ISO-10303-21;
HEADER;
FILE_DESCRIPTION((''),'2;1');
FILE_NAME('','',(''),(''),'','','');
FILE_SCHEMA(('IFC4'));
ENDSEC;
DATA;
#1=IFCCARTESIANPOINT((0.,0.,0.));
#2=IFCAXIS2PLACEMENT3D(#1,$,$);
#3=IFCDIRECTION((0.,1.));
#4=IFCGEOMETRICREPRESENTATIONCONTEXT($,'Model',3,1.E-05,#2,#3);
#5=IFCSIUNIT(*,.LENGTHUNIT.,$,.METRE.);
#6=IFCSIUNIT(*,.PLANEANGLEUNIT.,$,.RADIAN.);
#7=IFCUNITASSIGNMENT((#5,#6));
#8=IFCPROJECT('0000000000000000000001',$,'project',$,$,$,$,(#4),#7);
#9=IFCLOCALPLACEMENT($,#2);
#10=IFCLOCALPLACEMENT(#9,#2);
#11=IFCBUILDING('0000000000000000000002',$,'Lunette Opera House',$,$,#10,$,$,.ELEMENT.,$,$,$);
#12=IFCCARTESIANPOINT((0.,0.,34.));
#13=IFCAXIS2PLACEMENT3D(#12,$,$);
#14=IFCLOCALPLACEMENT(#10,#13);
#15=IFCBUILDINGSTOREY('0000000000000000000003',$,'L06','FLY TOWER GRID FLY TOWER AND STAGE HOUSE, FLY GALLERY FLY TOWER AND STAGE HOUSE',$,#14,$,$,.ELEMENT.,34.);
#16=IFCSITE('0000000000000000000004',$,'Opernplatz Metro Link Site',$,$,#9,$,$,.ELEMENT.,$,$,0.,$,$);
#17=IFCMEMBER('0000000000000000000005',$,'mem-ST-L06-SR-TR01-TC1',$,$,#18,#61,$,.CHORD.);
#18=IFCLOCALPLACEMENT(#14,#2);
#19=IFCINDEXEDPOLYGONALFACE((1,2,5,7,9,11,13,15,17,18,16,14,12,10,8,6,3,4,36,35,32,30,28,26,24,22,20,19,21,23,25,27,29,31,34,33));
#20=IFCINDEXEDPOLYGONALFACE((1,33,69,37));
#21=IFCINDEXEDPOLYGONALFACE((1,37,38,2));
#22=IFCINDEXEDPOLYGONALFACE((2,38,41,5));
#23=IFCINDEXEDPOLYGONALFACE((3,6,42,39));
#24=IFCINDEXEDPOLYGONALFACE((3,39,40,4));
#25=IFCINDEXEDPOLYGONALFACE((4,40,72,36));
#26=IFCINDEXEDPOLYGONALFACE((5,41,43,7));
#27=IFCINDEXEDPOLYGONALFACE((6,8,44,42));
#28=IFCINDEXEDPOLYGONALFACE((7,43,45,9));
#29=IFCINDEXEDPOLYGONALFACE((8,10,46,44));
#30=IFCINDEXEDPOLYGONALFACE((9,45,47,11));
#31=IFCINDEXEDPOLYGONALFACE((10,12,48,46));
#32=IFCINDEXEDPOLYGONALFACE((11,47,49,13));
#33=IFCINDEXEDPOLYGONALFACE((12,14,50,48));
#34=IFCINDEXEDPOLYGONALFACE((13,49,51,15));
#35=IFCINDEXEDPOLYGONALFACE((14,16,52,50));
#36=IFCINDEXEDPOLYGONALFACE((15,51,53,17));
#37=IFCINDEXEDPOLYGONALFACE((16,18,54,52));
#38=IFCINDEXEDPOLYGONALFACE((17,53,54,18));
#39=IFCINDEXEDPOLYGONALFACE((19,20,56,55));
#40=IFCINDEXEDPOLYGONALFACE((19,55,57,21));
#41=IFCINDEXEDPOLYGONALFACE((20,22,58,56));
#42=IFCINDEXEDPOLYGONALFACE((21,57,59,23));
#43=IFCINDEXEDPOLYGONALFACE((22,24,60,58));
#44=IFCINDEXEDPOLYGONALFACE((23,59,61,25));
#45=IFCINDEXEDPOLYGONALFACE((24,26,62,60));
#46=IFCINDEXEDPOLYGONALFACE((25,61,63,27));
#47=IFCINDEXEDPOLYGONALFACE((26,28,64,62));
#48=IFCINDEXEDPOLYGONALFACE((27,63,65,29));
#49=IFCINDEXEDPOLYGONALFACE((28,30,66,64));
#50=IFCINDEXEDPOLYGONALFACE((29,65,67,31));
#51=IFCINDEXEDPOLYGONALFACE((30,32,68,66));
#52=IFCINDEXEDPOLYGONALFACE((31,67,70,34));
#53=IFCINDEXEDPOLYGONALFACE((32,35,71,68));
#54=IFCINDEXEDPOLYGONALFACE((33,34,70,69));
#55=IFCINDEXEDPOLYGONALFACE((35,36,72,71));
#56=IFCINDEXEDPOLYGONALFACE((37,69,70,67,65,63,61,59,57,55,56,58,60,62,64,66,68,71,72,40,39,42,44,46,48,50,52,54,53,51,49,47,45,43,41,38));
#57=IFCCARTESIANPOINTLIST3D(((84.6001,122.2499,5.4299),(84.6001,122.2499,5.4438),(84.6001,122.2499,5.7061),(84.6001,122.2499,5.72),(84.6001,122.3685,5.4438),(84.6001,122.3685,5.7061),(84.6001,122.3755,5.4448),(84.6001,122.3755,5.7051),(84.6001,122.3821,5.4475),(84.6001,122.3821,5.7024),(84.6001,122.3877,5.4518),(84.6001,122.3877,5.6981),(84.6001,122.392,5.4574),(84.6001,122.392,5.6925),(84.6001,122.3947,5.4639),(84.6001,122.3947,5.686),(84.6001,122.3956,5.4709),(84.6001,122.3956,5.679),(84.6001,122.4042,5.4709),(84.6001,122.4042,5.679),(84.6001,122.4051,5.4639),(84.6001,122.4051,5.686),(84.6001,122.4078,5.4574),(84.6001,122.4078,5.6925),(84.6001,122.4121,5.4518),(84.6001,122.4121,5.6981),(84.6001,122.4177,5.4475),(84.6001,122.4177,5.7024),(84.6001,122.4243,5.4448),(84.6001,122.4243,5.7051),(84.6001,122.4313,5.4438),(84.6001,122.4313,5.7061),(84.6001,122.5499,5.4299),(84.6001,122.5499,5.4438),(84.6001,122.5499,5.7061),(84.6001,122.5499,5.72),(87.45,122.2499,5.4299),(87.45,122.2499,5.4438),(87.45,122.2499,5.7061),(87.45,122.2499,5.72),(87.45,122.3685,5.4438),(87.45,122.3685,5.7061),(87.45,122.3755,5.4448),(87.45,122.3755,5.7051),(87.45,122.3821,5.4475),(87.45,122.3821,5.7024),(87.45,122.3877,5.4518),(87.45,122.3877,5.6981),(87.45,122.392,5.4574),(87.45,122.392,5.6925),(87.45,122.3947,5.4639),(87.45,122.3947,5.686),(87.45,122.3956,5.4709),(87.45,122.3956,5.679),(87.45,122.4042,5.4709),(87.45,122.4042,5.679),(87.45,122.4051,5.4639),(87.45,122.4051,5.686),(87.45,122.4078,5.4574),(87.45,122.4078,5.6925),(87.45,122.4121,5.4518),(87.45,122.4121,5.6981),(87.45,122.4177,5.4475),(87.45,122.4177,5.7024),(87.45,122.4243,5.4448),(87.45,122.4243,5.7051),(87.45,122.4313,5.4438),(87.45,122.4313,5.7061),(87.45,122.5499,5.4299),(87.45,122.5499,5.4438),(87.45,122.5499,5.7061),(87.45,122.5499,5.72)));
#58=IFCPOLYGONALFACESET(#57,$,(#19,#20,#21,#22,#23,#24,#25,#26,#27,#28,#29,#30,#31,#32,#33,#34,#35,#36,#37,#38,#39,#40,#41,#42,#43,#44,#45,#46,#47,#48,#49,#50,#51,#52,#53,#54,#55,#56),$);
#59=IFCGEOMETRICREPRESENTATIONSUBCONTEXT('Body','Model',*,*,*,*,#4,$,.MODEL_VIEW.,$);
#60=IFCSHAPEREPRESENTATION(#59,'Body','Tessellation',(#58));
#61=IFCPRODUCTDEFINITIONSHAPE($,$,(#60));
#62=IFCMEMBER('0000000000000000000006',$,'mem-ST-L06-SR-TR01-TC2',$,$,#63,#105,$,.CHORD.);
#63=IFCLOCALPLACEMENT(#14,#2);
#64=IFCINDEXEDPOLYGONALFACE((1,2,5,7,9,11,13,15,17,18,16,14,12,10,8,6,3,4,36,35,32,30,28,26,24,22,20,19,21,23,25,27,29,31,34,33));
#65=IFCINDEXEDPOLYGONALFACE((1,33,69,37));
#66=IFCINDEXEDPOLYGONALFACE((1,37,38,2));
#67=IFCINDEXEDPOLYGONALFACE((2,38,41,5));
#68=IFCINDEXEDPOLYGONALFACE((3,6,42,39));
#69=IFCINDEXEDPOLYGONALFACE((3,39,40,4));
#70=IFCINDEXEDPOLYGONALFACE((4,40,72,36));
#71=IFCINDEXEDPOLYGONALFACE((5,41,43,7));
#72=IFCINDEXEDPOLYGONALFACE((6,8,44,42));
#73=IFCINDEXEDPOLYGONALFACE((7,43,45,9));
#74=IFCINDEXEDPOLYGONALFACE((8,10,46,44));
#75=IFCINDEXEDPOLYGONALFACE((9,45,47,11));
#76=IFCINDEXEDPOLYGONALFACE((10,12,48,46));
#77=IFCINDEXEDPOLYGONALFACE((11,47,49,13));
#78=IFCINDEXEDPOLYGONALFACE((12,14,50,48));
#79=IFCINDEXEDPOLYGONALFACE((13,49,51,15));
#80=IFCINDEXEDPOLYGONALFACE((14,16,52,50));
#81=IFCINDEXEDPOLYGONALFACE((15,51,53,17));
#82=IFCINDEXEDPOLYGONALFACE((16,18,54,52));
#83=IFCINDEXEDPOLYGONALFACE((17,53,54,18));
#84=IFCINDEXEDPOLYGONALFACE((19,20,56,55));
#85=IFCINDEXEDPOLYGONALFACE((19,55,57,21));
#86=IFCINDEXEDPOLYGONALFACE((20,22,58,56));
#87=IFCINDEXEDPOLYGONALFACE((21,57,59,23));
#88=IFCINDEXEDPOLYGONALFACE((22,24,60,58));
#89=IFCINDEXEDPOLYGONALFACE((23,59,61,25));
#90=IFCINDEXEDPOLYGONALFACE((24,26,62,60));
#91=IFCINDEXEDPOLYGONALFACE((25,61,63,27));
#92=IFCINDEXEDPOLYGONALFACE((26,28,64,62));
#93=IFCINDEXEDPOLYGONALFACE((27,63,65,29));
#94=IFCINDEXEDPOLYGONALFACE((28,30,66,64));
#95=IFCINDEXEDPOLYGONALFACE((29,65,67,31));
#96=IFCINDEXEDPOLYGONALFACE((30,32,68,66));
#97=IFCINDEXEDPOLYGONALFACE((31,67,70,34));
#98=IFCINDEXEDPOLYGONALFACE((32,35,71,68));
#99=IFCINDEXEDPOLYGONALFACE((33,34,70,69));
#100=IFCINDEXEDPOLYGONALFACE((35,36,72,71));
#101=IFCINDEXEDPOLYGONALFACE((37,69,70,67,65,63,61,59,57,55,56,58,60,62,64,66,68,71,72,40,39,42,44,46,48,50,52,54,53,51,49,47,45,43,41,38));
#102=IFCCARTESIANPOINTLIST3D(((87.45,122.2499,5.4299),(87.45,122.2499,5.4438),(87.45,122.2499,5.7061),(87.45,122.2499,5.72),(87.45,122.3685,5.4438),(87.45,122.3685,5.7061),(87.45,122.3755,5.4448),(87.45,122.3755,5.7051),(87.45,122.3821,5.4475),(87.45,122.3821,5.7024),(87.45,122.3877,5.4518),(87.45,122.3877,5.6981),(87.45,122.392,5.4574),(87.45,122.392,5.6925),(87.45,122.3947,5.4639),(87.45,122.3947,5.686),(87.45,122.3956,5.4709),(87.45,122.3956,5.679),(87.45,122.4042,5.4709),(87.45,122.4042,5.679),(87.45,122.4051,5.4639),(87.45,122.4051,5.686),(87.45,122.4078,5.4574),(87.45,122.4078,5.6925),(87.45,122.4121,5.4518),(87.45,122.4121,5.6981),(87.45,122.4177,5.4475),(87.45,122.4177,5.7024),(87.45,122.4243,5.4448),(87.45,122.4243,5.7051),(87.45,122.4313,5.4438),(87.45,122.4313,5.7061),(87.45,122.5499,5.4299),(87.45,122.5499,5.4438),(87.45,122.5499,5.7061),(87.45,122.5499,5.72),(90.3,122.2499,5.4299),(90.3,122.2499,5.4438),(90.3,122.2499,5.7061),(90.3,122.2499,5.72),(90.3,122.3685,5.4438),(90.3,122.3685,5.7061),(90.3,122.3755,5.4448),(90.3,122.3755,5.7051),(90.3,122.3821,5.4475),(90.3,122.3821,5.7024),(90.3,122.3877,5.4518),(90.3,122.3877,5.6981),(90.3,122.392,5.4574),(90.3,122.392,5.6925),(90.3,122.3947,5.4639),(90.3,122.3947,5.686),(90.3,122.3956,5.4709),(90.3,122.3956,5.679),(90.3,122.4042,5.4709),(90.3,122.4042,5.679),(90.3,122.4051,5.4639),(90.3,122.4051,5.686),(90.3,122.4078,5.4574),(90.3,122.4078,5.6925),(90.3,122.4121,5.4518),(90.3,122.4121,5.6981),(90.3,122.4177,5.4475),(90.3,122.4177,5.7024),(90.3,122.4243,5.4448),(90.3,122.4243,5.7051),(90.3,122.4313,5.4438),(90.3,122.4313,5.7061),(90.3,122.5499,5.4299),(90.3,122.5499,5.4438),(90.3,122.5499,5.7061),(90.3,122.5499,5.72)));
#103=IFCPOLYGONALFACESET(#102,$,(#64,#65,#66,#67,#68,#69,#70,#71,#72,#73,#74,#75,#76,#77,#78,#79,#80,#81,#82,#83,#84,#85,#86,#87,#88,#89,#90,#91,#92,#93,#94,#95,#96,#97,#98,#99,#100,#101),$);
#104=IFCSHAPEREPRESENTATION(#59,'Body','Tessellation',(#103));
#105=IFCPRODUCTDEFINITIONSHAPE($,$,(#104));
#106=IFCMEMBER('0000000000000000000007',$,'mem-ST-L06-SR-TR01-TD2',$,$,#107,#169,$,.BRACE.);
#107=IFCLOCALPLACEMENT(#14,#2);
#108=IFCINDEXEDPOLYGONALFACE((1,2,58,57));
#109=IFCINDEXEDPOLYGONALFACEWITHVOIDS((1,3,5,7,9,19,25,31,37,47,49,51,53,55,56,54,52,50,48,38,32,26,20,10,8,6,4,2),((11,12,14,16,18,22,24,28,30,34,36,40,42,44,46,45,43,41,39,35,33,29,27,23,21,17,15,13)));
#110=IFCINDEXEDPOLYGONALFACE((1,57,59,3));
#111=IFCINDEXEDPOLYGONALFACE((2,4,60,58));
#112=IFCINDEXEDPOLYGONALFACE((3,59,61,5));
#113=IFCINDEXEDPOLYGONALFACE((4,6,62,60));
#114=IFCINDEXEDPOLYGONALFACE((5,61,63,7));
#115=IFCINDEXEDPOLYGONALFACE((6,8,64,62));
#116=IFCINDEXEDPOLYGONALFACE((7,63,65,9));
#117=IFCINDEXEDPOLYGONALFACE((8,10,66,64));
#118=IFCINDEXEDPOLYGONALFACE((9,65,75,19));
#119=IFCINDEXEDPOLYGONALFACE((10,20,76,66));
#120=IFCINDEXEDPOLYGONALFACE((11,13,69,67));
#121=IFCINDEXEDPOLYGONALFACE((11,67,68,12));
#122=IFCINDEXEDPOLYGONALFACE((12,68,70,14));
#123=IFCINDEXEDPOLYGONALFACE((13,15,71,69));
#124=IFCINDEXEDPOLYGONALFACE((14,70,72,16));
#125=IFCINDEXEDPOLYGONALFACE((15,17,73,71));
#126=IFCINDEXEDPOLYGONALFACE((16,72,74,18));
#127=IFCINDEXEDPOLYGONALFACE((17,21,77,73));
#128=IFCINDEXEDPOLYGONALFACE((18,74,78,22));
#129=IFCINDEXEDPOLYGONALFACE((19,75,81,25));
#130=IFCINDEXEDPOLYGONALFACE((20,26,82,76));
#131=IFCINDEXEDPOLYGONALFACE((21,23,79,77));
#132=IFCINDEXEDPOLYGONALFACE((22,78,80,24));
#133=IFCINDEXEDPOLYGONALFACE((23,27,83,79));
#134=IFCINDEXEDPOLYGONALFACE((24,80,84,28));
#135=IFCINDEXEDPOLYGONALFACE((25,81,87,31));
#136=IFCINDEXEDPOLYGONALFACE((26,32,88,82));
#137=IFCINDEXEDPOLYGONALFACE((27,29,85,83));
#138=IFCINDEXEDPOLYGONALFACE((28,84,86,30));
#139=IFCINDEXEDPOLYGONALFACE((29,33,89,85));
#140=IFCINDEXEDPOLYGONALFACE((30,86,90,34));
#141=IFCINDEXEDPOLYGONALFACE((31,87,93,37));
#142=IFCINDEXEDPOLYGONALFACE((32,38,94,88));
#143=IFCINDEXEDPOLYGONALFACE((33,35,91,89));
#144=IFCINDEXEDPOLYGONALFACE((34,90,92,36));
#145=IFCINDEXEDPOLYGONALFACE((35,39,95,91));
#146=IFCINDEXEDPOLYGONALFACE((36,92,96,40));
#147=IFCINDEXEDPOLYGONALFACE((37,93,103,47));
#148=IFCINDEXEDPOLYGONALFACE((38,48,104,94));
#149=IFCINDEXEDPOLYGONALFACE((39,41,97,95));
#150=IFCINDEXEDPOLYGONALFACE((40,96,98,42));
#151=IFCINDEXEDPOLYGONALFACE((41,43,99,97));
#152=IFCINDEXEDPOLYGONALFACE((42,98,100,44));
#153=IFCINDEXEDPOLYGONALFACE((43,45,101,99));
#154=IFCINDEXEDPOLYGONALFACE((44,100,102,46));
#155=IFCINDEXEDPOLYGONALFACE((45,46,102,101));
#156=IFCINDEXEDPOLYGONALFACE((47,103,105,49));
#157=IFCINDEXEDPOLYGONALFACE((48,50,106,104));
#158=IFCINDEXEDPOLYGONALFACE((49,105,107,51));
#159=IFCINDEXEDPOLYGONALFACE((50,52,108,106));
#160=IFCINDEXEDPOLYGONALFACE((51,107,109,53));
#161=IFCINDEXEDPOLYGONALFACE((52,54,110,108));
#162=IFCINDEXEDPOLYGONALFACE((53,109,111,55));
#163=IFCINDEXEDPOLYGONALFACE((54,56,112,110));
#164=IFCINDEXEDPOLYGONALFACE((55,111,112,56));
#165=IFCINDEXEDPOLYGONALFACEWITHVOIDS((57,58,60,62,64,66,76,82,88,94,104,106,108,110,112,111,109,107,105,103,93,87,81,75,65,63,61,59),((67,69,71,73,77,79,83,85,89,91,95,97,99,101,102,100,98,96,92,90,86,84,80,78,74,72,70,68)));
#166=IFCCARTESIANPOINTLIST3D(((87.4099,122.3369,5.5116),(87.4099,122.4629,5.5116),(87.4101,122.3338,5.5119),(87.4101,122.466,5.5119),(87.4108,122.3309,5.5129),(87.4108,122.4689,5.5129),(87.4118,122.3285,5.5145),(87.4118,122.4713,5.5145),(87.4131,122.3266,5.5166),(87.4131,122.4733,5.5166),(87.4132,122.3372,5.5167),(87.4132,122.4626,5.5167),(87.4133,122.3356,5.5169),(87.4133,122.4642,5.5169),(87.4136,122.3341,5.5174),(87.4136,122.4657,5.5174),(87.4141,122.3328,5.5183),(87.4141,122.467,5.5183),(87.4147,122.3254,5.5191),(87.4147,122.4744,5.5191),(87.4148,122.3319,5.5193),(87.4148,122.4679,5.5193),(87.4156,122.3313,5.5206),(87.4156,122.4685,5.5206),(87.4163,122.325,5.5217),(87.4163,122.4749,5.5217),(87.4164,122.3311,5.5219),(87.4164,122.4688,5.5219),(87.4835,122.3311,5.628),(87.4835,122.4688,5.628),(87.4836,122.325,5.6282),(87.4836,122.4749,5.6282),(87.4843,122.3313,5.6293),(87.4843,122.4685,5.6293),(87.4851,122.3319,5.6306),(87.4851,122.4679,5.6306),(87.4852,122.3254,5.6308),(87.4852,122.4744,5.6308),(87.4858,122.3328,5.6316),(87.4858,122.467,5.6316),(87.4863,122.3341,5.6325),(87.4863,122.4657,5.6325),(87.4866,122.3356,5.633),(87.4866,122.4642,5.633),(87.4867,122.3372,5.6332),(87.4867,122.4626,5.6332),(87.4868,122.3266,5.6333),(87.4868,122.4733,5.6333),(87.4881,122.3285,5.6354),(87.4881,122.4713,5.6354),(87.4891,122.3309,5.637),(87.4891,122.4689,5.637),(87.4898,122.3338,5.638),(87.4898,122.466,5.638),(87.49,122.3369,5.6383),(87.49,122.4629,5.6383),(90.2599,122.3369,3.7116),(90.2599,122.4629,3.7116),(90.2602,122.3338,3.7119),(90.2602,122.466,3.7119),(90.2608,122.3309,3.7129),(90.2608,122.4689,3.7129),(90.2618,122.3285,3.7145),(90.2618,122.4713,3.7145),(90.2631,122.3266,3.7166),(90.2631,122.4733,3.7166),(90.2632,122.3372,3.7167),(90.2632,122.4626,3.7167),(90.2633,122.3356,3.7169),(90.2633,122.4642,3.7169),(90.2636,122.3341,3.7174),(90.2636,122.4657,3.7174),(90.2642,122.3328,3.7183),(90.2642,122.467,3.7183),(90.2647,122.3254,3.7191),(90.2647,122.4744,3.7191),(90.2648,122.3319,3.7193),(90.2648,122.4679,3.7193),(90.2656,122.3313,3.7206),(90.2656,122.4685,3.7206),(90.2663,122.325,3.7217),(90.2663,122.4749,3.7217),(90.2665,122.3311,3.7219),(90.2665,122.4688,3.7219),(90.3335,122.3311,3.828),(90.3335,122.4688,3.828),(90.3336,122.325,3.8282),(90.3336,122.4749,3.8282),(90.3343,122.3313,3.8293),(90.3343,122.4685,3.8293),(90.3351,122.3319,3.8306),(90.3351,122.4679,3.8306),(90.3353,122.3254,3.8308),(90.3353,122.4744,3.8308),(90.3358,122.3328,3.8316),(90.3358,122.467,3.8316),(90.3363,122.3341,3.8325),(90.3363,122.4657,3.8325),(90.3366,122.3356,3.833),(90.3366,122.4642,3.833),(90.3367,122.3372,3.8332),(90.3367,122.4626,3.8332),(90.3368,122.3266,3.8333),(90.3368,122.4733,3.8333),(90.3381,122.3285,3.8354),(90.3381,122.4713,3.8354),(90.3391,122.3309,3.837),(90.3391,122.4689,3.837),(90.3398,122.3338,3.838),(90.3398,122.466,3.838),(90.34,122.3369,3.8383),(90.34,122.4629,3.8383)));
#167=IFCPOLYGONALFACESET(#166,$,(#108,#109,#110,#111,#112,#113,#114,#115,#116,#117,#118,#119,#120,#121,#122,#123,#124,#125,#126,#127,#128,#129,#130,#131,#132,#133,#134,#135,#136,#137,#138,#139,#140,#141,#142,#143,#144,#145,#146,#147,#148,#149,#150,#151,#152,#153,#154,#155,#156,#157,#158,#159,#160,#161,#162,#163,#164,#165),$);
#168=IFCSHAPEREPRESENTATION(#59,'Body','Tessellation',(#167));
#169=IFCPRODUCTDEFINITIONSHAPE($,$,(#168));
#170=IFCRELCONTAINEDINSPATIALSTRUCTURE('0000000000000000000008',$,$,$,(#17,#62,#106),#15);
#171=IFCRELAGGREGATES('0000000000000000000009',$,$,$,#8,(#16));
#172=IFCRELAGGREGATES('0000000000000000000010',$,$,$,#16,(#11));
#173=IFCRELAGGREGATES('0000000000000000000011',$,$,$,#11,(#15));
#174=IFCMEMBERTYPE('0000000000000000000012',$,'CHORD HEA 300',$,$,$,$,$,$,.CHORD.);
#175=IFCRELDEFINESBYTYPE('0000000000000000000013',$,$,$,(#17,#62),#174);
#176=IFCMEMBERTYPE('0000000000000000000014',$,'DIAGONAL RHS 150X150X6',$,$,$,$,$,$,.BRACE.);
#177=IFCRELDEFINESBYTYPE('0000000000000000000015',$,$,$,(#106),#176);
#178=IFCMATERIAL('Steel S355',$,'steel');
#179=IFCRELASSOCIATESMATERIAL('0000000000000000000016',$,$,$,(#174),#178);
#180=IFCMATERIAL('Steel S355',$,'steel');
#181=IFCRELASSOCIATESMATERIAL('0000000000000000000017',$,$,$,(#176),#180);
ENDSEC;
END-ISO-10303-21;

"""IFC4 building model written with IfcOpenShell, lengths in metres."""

from ifc_helpers import new_model, si_unit, direction, frame, origin, origin_2d, place, context, subcontext, project, spatial, hollow_rectangle, i_section, extrude, material, material_profile, profile_set, type_object, element, save


model = new_model("IFC4")

# Units and contexts
model_context = context("Model", 3, precision=1e-05, world=origin(), true_north=direction((0.0, 1.0)))
body_context = subcontext(model_context, "Body", "Model", "MODEL_VIEW")
ifc_project = project(units=[si_unit("LENGTHUNIT", "METRE"), si_unit("PLANEANGLEUNIT", "RADIAN")], contexts=[model_context])

# Site, building, storey
site_placement = place(None, origin())
site = spatial("IfcSite", under=ifc_project, at=site_placement, Name="Opernplatz Metro Link Site", CompositionType="ELEMENT", RefElevation=0.0)
building_placement = place(site_placement, origin())
building = spatial("IfcBuilding", under=site, at=building_placement, Name="Lunette Opera House", CompositionType="ELEMENT")
storey_placement = place(building_placement, frame((0.0, 0.0, 34.0)))
storey = spatial("IfcBuildingStorey", under=building, at=storey_placement, Name="L06", Description="FLY TOWER GRID FLY TOWER AND STAGE HOUSE, FLY GALLERY FLY TOWER AND STAGE HOUSE", CompositionType="ELEMENT", Elevation=34.0)

# Members
ifc_material_1 = material(Name="Steel S355", Category="steel")
ifc_material_profile_1 = material_profile(ifc_material_1, i_section(OverallWidth=0.3, OverallDepth=0.29, WebThickness=0.0085, FlangeThickness=0.0139, FilletRadius=0.0271, at=origin_2d()), Name="HEA 300")
ifc_profile_set_1 = profile_set([ifc_material_profile_1], Name="Steel S355")
member_type_1 = type_object("IfcMemberType", Name="CHORD HEA 300", PredefinedType="CHORD", material=ifc_profile_set_1)
member_1_placement = place(storey_placement, frame((84.6001, 122.3999, 5.575), z_axis=(1.0, 0.0, 0.0), x_axis=(0.0, 1.0, 0.0)))
element("IfcMember", 1, at=member_1_placement, inside=storey, type_object=member_type_1, Name="mem-ST-L06-SR-TR01-TC1", PredefinedType="CHORD", context=body_context, shape_type="SweptSolid", body=[
    extrude(i_section(OverallWidth=0.3, OverallDepth=0.29, WebThickness=0.0085, FlangeThickness=0.0139, FilletRadius=0.0271, at=origin_2d()), origin(), (0.0, 0.0, 1.0), 2.8499),
])
member_2_placement = place(storey_placement, frame((87.45, 122.3999, 5.575), z_axis=(1.0, 0.0, 0.0), x_axis=(0.0, 1.0, 0.0)))
element("IfcMember", 2, at=member_2_placement, inside=storey, type_object=member_type_1, Name="mem-ST-L06-SR-TR01-TC2", PredefinedType="CHORD", context=body_context, shape_type="SweptSolid", body=[
    extrude(i_section(OverallWidth=0.3, OverallDepth=0.29, WebThickness=0.0085, FlangeThickness=0.0139, FilletRadius=0.0271, at=origin_2d()), origin(), (0.0, 0.0, 1.0), 2.8501),
])
ifc_material_2 = material(Name="Steel S355", Category="steel")
ifc_material_profile_2 = material_profile(ifc_material_2, hollow_rectangle(XDim=0.1499, YDim=0.1499, WallThickness=0.0061, InnerFilletRadius=0.0061, OuterFilletRadius=0.012, at=origin_2d()), Name="RHS 150X150X6")
ifc_profile_set_2 = profile_set([ifc_material_profile_2], Name="Steel S355")
member_type_2 = type_object("IfcMemberType", Name="DIAGONAL RHS 150X150X6", PredefinedType="BRACE", material=ifc_profile_set_2)
member_3_placement = place(storey_placement, frame((87.45, 122.3999, 5.575), z_axis=(0.845491, 0.0, -0.53399), x_axis=(0.0, 1.0, 0.0)))
element("IfcMember", 3, at=member_3_placement, inside=storey, type_object=member_type_2, Name="mem-ST-L06-SR-TR01-TD2", PredefinedType="BRACE", context=body_context, shape_type="SweptSolid", body=[
    extrude(hollow_rectangle(XDim=0.1499, YDim=0.1499, WallThickness=0.0061, InnerFilletRadius=0.0061, OuterFilletRadius=0.012, at=origin_2d()), origin(), (0.0, 0.0, 1.0), 3.3708),
])

save(model, "model.ifc")
